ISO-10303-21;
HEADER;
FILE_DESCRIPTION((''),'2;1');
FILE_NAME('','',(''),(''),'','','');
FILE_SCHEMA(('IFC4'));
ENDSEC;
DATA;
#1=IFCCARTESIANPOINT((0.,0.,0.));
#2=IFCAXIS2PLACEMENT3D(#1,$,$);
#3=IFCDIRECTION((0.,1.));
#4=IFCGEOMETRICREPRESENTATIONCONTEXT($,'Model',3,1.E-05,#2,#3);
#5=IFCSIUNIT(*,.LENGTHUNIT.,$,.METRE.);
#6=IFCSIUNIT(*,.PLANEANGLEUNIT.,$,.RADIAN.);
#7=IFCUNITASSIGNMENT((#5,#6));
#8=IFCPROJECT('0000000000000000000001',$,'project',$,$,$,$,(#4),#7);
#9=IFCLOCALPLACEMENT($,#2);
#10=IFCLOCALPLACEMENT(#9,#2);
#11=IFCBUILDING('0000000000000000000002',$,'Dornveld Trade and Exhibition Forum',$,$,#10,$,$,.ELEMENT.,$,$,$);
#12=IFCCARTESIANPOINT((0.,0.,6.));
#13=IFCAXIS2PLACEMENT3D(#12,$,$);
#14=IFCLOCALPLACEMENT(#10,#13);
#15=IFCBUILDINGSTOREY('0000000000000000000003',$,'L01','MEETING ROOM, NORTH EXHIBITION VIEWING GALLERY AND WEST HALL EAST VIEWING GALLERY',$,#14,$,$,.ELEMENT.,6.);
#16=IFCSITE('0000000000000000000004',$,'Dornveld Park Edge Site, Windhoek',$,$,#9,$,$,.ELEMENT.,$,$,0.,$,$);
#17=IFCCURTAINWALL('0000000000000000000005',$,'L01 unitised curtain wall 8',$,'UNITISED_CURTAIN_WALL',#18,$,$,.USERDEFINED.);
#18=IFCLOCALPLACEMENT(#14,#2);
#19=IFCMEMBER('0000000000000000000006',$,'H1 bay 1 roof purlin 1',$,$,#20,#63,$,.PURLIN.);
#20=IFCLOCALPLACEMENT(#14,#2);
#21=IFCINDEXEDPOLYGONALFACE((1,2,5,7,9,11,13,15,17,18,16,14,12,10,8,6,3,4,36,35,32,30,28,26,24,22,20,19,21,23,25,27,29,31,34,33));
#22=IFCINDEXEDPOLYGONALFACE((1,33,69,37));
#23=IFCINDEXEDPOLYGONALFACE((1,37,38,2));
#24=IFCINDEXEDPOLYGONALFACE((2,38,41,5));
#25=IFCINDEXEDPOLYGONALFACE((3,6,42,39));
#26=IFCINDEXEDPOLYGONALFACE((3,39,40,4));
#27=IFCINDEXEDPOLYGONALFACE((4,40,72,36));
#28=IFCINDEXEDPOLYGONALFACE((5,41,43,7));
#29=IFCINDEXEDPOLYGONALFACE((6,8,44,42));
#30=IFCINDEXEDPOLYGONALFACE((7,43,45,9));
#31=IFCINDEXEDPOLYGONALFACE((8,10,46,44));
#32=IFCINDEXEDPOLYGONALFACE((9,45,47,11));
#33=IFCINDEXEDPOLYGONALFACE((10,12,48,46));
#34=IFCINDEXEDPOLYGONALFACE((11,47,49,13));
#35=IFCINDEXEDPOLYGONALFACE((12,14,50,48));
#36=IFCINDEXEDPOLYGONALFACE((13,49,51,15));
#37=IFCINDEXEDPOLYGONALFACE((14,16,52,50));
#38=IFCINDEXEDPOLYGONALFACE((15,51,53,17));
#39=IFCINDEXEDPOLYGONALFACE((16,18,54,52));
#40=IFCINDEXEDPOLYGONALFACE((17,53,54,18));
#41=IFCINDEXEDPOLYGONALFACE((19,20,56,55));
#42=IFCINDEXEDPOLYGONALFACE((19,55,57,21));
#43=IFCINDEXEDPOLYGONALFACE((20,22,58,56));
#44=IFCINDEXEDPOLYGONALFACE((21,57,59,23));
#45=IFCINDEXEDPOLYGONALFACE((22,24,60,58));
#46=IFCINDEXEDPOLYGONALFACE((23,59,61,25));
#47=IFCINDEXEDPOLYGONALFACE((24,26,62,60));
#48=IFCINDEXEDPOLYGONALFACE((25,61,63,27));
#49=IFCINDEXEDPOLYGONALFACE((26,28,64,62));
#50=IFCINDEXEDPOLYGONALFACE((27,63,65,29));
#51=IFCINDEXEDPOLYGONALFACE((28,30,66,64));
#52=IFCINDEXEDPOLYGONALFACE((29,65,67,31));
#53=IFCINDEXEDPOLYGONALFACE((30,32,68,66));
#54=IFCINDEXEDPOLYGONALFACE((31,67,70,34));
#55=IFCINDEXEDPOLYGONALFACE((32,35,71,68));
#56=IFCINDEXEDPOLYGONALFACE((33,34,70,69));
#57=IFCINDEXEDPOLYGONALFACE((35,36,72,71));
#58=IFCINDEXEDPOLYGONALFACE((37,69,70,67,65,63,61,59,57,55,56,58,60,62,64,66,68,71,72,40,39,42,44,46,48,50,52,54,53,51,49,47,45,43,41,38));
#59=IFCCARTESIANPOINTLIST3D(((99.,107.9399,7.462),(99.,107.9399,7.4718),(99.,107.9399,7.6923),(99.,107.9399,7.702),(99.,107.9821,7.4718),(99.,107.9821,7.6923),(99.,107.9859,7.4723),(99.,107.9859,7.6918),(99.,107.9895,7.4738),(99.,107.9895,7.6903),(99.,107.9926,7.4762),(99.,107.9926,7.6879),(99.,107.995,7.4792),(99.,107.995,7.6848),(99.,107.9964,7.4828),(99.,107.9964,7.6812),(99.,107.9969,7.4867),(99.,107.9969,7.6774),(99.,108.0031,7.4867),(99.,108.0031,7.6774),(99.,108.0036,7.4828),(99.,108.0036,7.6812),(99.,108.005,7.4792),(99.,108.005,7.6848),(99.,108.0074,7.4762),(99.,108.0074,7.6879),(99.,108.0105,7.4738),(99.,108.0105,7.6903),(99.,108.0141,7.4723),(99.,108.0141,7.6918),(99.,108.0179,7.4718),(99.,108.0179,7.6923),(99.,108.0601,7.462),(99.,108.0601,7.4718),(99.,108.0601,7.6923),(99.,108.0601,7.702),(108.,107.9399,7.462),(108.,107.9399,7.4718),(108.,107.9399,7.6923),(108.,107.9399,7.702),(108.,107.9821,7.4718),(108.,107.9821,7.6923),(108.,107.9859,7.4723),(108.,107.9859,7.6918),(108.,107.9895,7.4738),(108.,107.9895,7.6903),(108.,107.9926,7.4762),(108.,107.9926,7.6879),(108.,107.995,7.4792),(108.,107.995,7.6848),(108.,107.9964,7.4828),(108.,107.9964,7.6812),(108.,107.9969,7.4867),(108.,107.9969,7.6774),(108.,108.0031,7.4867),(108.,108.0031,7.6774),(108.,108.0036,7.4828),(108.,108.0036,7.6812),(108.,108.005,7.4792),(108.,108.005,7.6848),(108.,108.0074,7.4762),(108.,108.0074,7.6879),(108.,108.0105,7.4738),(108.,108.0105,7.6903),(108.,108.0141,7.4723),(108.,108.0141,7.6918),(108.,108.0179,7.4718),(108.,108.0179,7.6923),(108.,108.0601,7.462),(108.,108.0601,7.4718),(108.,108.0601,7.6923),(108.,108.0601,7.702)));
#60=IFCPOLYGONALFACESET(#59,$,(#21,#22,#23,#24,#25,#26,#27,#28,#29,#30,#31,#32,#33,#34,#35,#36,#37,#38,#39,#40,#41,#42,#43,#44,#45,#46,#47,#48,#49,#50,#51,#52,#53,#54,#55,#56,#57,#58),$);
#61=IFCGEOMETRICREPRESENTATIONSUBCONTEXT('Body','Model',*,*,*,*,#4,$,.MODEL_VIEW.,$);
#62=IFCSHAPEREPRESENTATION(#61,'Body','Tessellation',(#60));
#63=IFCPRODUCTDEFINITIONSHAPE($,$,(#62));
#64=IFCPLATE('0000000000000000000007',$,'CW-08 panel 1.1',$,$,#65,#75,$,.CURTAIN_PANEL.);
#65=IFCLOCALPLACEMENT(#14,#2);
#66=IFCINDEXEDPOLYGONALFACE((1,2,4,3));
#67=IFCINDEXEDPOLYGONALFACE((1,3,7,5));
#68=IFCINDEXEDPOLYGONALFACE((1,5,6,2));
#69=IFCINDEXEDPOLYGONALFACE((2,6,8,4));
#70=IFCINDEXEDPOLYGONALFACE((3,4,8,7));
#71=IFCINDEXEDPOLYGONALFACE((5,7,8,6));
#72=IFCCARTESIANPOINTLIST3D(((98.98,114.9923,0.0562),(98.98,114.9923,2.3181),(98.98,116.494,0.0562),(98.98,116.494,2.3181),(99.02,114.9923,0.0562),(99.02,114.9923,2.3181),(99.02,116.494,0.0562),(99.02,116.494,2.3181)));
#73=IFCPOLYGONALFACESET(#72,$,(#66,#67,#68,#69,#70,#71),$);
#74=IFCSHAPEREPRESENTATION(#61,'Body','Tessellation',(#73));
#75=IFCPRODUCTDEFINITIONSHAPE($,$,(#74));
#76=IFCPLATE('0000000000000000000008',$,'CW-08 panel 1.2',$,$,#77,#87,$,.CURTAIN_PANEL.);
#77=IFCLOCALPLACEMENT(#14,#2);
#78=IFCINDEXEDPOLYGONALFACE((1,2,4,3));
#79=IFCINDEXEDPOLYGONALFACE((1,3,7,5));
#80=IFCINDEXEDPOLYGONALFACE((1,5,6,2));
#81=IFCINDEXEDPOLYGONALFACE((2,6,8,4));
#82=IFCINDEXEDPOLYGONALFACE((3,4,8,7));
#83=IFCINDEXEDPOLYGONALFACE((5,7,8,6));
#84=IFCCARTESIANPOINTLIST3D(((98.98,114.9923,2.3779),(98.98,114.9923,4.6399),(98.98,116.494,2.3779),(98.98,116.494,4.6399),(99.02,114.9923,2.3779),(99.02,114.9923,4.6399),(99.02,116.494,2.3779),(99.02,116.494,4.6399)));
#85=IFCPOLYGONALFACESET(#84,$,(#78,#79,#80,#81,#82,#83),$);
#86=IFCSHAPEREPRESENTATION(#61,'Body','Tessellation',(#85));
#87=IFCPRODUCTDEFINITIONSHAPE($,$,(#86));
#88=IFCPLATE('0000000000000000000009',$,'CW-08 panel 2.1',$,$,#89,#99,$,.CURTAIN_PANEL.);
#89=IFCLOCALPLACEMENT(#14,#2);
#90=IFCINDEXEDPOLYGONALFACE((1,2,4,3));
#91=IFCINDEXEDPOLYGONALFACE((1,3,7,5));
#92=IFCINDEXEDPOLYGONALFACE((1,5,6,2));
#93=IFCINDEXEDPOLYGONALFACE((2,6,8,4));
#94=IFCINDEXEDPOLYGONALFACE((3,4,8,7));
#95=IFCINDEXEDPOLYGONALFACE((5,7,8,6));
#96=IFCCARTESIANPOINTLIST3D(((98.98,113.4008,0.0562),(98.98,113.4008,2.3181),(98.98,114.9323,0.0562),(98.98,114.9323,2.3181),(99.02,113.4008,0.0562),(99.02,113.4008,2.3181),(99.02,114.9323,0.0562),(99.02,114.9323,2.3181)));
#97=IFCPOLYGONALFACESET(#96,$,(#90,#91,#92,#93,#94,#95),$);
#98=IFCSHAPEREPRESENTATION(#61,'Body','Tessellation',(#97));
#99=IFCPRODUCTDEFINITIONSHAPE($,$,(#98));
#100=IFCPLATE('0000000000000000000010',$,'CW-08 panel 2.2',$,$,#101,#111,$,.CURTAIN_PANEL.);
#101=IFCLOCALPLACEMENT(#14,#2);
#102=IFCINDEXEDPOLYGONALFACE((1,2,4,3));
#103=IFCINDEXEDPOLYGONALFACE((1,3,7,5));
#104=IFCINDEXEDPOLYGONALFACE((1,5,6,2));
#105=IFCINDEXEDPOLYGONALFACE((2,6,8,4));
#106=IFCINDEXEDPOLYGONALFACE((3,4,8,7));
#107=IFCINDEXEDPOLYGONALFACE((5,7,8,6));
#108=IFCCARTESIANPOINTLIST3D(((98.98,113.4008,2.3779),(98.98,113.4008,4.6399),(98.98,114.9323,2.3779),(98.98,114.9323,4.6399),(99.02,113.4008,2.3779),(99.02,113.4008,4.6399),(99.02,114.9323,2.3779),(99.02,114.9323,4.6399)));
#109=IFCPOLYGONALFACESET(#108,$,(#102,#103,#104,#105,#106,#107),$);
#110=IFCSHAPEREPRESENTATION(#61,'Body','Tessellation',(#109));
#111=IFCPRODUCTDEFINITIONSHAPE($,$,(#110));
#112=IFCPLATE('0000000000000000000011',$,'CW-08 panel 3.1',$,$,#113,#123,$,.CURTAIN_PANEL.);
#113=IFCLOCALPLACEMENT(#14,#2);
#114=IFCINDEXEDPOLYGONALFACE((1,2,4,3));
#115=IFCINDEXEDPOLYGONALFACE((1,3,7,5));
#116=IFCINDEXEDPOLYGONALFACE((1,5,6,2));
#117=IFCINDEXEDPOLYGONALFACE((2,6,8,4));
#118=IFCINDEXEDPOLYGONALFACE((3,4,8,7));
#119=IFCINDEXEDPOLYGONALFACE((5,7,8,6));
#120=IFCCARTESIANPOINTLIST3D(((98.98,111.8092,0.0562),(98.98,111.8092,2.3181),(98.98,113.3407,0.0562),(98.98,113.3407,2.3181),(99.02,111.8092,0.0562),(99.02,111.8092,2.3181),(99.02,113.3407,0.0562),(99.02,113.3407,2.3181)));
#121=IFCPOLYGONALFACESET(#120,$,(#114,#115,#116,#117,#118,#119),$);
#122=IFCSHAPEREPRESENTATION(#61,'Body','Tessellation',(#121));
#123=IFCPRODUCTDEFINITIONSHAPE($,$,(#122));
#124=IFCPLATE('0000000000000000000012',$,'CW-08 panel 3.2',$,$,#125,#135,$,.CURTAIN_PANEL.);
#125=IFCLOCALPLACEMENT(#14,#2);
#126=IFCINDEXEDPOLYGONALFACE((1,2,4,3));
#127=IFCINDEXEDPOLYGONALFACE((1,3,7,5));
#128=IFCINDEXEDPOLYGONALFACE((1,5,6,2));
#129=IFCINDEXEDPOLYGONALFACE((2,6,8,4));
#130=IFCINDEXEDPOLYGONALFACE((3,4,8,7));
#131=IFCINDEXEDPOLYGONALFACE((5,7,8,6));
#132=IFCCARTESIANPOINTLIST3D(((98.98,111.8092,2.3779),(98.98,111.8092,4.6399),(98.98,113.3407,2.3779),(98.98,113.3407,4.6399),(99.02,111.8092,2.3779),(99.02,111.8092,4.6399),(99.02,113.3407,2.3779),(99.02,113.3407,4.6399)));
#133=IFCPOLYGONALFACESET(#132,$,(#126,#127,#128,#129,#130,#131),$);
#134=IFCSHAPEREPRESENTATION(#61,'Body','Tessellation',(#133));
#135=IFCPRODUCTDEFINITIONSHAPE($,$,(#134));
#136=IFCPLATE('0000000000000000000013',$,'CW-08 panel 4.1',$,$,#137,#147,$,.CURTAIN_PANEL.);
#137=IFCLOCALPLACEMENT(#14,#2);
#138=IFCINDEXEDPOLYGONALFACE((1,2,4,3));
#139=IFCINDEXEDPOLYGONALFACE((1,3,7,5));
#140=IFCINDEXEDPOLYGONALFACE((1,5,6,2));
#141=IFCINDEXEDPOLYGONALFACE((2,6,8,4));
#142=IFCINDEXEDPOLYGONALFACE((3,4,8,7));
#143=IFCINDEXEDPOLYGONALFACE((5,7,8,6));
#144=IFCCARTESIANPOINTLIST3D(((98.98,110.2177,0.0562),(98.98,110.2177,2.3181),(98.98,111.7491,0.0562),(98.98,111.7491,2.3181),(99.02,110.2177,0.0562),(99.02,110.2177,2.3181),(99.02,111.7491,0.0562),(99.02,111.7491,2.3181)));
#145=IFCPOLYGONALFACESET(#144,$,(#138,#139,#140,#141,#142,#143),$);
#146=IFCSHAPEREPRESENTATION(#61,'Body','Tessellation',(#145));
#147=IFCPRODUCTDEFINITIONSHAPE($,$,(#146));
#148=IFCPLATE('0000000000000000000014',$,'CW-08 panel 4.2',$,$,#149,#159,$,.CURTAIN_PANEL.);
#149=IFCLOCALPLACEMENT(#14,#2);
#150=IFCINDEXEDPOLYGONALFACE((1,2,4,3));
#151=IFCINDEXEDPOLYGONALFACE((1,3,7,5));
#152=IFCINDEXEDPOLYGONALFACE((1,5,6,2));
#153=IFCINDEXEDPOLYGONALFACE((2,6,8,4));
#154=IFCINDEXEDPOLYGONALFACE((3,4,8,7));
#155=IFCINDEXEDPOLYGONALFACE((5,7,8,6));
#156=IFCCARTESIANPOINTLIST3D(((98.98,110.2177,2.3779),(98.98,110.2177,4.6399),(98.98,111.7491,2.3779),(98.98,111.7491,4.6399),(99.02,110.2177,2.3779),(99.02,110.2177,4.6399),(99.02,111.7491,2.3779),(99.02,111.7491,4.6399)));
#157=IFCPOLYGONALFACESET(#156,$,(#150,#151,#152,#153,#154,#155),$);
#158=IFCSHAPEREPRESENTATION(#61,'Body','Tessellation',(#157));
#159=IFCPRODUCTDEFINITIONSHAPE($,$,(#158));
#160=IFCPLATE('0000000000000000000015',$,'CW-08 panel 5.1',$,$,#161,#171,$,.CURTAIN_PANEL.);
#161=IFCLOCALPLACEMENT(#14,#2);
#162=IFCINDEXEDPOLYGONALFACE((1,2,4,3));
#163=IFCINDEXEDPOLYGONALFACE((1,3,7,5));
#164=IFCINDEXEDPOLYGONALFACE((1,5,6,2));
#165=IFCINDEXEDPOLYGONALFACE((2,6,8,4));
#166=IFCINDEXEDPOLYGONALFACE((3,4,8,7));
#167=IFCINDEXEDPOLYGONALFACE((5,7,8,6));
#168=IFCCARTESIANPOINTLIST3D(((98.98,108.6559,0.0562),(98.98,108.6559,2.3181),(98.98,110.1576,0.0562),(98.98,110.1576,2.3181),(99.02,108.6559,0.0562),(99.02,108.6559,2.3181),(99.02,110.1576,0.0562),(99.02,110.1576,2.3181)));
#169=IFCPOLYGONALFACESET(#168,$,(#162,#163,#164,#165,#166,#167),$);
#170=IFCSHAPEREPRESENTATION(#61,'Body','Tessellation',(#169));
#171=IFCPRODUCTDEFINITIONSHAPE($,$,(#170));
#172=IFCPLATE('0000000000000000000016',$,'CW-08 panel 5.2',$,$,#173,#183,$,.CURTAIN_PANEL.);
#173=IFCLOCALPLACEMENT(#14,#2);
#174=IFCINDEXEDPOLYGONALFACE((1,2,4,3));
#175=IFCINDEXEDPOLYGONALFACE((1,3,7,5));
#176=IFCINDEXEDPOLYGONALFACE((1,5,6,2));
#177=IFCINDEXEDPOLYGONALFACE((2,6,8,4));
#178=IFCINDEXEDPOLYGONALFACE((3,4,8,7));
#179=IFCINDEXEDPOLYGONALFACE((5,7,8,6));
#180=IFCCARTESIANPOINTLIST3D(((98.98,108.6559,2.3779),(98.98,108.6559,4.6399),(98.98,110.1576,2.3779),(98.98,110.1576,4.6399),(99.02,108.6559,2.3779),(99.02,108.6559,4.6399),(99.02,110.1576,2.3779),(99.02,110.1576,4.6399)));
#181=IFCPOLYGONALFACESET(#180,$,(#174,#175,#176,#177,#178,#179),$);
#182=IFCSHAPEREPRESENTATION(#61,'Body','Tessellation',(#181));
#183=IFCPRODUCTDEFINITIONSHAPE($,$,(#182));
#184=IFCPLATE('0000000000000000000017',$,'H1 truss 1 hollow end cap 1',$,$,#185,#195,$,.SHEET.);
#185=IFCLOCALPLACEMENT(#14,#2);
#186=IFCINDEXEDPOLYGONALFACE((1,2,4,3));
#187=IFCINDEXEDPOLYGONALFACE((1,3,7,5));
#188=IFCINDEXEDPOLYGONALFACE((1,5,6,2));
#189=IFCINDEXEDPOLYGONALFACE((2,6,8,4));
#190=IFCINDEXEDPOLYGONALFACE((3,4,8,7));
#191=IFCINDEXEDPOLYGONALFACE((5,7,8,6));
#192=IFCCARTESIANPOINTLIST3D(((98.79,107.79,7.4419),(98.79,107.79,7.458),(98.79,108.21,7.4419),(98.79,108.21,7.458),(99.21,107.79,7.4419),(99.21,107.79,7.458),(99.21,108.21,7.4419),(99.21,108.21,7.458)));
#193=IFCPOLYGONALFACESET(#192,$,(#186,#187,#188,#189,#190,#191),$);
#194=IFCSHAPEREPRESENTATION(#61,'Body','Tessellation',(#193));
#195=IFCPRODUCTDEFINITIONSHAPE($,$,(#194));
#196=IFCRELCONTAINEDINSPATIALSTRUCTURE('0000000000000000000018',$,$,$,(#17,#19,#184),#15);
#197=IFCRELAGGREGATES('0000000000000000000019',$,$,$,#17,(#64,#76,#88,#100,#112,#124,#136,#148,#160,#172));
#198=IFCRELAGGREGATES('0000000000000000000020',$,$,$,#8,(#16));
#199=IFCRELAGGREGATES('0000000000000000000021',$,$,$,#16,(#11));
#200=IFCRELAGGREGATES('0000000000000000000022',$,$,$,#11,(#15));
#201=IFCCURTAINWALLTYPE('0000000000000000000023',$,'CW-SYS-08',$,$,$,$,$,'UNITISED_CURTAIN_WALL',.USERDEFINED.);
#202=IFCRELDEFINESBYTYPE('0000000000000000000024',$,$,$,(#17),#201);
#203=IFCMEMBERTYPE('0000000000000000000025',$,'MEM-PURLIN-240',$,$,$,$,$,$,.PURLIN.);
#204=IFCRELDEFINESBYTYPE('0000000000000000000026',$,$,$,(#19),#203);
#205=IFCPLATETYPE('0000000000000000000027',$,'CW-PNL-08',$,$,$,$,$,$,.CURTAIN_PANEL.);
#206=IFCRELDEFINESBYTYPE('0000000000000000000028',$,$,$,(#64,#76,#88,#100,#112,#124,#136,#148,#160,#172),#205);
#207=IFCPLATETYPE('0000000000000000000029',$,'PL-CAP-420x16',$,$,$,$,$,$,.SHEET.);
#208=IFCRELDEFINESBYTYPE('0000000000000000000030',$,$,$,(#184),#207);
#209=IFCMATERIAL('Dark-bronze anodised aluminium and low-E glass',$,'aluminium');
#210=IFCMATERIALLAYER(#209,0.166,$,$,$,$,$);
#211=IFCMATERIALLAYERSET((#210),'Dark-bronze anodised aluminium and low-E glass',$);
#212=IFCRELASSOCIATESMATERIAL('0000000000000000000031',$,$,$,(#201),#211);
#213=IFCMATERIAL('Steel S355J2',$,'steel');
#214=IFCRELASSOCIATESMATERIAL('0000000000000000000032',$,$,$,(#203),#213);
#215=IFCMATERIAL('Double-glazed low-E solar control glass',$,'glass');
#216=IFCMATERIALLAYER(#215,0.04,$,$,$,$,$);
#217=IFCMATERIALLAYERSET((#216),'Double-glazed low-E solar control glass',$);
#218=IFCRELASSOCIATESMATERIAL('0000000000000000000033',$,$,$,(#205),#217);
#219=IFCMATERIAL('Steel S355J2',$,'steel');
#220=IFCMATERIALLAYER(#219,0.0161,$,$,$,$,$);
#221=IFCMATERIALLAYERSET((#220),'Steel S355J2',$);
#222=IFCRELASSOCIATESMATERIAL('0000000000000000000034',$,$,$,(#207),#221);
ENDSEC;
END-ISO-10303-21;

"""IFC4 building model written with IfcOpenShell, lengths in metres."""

from ifc_helpers import new_model, si_unit, direction, frame, origin, origin_2d, place, context, subcontext, project, spatial, rectangle, i_section, extrude, material, layer, layer_set, material_profile, profile_set, type_object, element, aggregate, save


model = new_model("IFC4")

# Units and contexts
model_context = context("Model", 3, precision=1e-05, world=origin(), true_north=direction((0.0, 1.0)))
body_context = subcontext(model_context, "Body", "Model", "MODEL_VIEW")
ifc_project = project(units=[si_unit("LENGTHUNIT", "METRE"), si_unit("PLANEANGLEUNIT", "RADIAN")], contexts=[model_context])

# Site, building, storey
site_placement = place(None, origin())
site = spatial("IfcSite", under=ifc_project, at=site_placement, Name="Dornveld Park Edge Site, Windhoek", CompositionType="ELEMENT", RefElevation=0.0)
building_placement = place(site_placement, origin())
building = spatial("IfcBuilding", under=site, at=building_placement, Name="Dornveld Trade and Exhibition Forum", CompositionType="ELEMENT")
storey_placement = place(building_placement, frame((0.0, 0.0, 6.0)))
storey = spatial("IfcBuildingStorey", under=building, at=storey_placement, Name="L01", Description="MEETING ROOM, NORTH EXHIBITION VIEWING GALLERY AND WEST HALL EAST VIEWING GALLERY", CompositionType="ELEMENT", Elevation=6.0)

# Curtain wall
ifc_material_1 = material(Name="Dark-bronze anodised aluminium and low-E glass", Category="aluminium")
ifc_layer_1 = layer(ifc_material_1, 0.166)
ifc_layer_set_1 = layer_set([ifc_layer_1], Name="Dark-bronze anodised aluminium and low-E glass")
curtain_wall_type = type_object("IfcCurtainWallType", Name="CW-SYS-08", ElementType="UNITISED_CURTAIN_WALL", PredefinedType="USERDEFINED", material=ifc_layer_set_1)
curtain_wall_placement = place(storey_placement, origin())
curtain_wall = element("IfcCurtainWall", 1, at=curtain_wall_placement, inside=storey, type_object=curtain_wall_type, Name="L01 unitised curtain wall 8", ObjectType="UNITISED_CURTAIN_WALL", PredefinedType="USERDEFINED")

# Member
ifc_material_2 = material(Name="Steel S355J2", Category="steel")
ifc_material_profile_1 = material_profile(ifc_material_2, i_section(OverallWidth=0.1201, OverallDepth=0.24, WebThickness=0.0061, FlangeThickness=0.0098, FilletRadius=0.0149, at=origin_2d()), Name="IPE 240")
ifc_profile_set_1 = profile_set([ifc_material_profile_1], Name="Steel S355J2")
member_type_1 = type_object("IfcMemberType", Name="MEM-PURLIN-240", PredefinedType="PURLIN", material=ifc_profile_set_1)
member_1_placement = place(storey_placement, frame((99.0, 108.0, 7.582), z_axis=(1.0, 0.0, 0.0), x_axis=(0.0, 1.0, 0.0)))
element("IfcMember", 2, at=member_1_placement, inside=storey, type_object=member_type_1, Name="H1 bay 1 roof purlin 1", PredefinedType="PURLIN", context=body_context, shape_type="SweptSolid", body=[
    extrude(i_section(OverallWidth=0.1201, OverallDepth=0.24, WebThickness=0.0061, FlangeThickness=0.0098, FilletRadius=0.0149, at=origin_2d()), origin(), (0.0, 0.0, 1.0), 9.0),
])

# Plates
ifc_material_3 = material(Name="Double-glazed low-E solar control glass", Category="glass")
ifc_layer_2 = layer(ifc_material_3, 0.04)
ifc_layer_set_2 = layer_set([ifc_layer_2], Name="Double-glazed low-E solar control glass")
plate_type_1 = type_object("IfcPlateType", Name="CW-PNL-08", PredefinedType="CURTAIN_PANEL", material=ifc_layer_set_2)
plate_1_placement = place(storey_placement, frame((99.0, 115.7432, 0.0562), z_axis=(0.0, 0.0, 1.0), x_axis=(0.0, -1.0, 0.0)))
plate_1 = element("IfcPlate", 3, at=plate_1_placement, type_object=plate_type_1, Name="CW-08 panel 1.1", PredefinedType="CURTAIN_PANEL", context=body_context, shape_type="SweptSolid", body=[
    extrude(rectangle(XDim=1.5017, YDim=0.04, at=origin_2d()), origin(), (0.0, 0.0, 1.0), 2.262),
])
plate_2_placement = place(storey_placement, frame((99.0, 115.7432, 2.3779), z_axis=(0.0, 0.0, 1.0), x_axis=(0.0, -1.0, 0.0)))
plate_2 = element("IfcPlate", 4, at=plate_2_placement, type_object=plate_type_1, Name="CW-08 panel 1.2", PredefinedType="CURTAIN_PANEL", context=body_context, shape_type="SweptSolid", body=[
    extrude(rectangle(XDim=1.5017, YDim=0.04, at=origin_2d()), origin(), (0.0, 0.0, 1.0), 2.262),
])
plate_3_placement = place(storey_placement, frame((99.0, 114.1665, 0.0562), z_axis=(0.0, 0.0, 1.0), x_axis=(0.0, -1.0, 0.0)))
plate_3 = element("IfcPlate", 5, at=plate_3_placement, type_object=plate_type_1, Name="CW-08 panel 2.1", PredefinedType="CURTAIN_PANEL", context=body_context, shape_type="SweptSolid", body=[
    extrude(rectangle(XDim=1.5315, YDim=0.04, at=origin_2d()), origin(), (0.0, 0.0, 1.0), 2.262),
])
plate_4_placement = place(storey_placement, frame((99.0, 114.1665, 2.3779), z_axis=(0.0, 0.0, 1.0), x_axis=(0.0, -1.0, 0.0)))
plate_4 = element("IfcPlate", 6, at=plate_4_placement, type_object=plate_type_1, Name="CW-08 panel 2.2", PredefinedType="CURTAIN_PANEL", context=body_context, shape_type="SweptSolid", body=[
    extrude(rectangle(XDim=1.5315, YDim=0.04, at=origin_2d()), origin(), (0.0, 0.0, 1.0), 2.262),
])
plate_5_placement = place(storey_placement, frame((99.0, 112.575, 0.0562), z_axis=(0.0, 0.0, 1.0), x_axis=(0.0, -1.0, 0.0)))
plate_5 = element("IfcPlate", 7, at=plate_5_placement, type_object=plate_type_1, Name="CW-08 panel 3.1", PredefinedType="CURTAIN_PANEL", context=body_context, shape_type="SweptSolid", body=[
    extrude(rectangle(XDim=1.5315, YDim=0.04, at=origin_2d()), origin(), (0.0, 0.0, 1.0), 2.262),
])
plate_6_placement = place(storey_placement, frame((99.0, 112.575, 2.3779), z_axis=(0.0, 0.0, 1.0), x_axis=(0.0, -1.0, 0.0)))
plate_6 = element("IfcPlate", 8, at=plate_6_placement, type_object=plate_type_1, Name="CW-08 panel 3.2", PredefinedType="CURTAIN_PANEL", context=body_context, shape_type="SweptSolid", body=[
    extrude(rectangle(XDim=1.5315, YDim=0.04, at=origin_2d()), origin(), (0.0, 0.0, 1.0), 2.262),
])
plate_7_placement = place(storey_placement, frame((99.0, 110.9834, 0.0562), z_axis=(0.0, 0.0, 1.0), x_axis=(0.0, -1.0, 0.0)))
plate_7 = element("IfcPlate", 9, at=plate_7_placement, type_object=plate_type_1, Name="CW-08 panel 4.1", PredefinedType="CURTAIN_PANEL", context=body_context, shape_type="SweptSolid", body=[
    extrude(rectangle(XDim=1.5315, YDim=0.04, at=origin_2d()), origin(), (0.0, 0.0, 1.0), 2.262),
])
plate_8_placement = place(storey_placement, frame((99.0, 110.9834, 2.3779), z_axis=(0.0, 0.0, 1.0), x_axis=(0.0, -1.0, 0.0)))
plate_8 = element("IfcPlate", 10, at=plate_8_placement, type_object=plate_type_1, Name="CW-08 panel 4.2", PredefinedType="CURTAIN_PANEL", context=body_context, shape_type="SweptSolid", body=[
    extrude(rectangle(XDim=1.5315, YDim=0.04, at=origin_2d()), origin(), (0.0, 0.0, 1.0), 2.262),
])
plate_9_placement = place(storey_placement, frame((99.0, 109.4067, 0.0562), z_axis=(0.0, 0.0, 1.0), x_axis=(0.0, -1.0, 0.0)))
plate_9 = element("IfcPlate", 11, at=plate_9_placement, type_object=plate_type_1, Name="CW-08 panel 5.1", PredefinedType="CURTAIN_PANEL", context=body_context, shape_type="SweptSolid", body=[
    extrude(rectangle(XDim=1.5017, YDim=0.04, at=origin_2d()), origin(), (0.0, 0.0, 1.0), 2.262),
])
plate_10_placement = place(storey_placement, frame((99.0, 109.4067, 2.3779), z_axis=(0.0, 0.0, 1.0), x_axis=(0.0, -1.0, 0.0)))
plate_10 = element("IfcPlate", 12, at=plate_10_placement, type_object=plate_type_1, Name="CW-08 panel 5.2", PredefinedType="CURTAIN_PANEL", context=body_context, shape_type="SweptSolid", body=[
    extrude(rectangle(XDim=1.5017, YDim=0.04, at=origin_2d()), origin(), (0.0, 0.0, 1.0), 2.262),
])
aggregate(curtain_wall, [plate_1, plate_2, plate_3, plate_4, plate_5, plate_6, plate_7, plate_8, plate_9, plate_10])
ifc_material_4 = material(Name="Steel S355J2", Category="steel")
ifc_layer_3 = layer(ifc_material_4, 0.0161)
ifc_layer_set_3 = layer_set([ifc_layer_3], Name="Steel S355J2")
plate_type_2 = type_object("IfcPlateType", Name="PL-CAP-420x16", PredefinedType="SHEET", material=ifc_layer_set_3)
plate_11_placement = place(storey_placement, frame((99.0, 108.0, 7.4419), z_axis=(0.0, 0.0, 1.0), x_axis=(1.0, 0.0, 0.0)))
element("IfcPlate", 13, at=plate_11_placement, inside=storey, type_object=plate_type_2, Name="H1 truss 1 hollow end cap 1", PredefinedType="SHEET", context=body_context, shape_type="SweptSolid", body=[
    extrude(rectangle(XDim=0.4199, YDim=0.4199, at=origin_2d()), origin(), (0.0, 0.0, 1.0), 0.0161),
])

save(model, "model.ifc")
